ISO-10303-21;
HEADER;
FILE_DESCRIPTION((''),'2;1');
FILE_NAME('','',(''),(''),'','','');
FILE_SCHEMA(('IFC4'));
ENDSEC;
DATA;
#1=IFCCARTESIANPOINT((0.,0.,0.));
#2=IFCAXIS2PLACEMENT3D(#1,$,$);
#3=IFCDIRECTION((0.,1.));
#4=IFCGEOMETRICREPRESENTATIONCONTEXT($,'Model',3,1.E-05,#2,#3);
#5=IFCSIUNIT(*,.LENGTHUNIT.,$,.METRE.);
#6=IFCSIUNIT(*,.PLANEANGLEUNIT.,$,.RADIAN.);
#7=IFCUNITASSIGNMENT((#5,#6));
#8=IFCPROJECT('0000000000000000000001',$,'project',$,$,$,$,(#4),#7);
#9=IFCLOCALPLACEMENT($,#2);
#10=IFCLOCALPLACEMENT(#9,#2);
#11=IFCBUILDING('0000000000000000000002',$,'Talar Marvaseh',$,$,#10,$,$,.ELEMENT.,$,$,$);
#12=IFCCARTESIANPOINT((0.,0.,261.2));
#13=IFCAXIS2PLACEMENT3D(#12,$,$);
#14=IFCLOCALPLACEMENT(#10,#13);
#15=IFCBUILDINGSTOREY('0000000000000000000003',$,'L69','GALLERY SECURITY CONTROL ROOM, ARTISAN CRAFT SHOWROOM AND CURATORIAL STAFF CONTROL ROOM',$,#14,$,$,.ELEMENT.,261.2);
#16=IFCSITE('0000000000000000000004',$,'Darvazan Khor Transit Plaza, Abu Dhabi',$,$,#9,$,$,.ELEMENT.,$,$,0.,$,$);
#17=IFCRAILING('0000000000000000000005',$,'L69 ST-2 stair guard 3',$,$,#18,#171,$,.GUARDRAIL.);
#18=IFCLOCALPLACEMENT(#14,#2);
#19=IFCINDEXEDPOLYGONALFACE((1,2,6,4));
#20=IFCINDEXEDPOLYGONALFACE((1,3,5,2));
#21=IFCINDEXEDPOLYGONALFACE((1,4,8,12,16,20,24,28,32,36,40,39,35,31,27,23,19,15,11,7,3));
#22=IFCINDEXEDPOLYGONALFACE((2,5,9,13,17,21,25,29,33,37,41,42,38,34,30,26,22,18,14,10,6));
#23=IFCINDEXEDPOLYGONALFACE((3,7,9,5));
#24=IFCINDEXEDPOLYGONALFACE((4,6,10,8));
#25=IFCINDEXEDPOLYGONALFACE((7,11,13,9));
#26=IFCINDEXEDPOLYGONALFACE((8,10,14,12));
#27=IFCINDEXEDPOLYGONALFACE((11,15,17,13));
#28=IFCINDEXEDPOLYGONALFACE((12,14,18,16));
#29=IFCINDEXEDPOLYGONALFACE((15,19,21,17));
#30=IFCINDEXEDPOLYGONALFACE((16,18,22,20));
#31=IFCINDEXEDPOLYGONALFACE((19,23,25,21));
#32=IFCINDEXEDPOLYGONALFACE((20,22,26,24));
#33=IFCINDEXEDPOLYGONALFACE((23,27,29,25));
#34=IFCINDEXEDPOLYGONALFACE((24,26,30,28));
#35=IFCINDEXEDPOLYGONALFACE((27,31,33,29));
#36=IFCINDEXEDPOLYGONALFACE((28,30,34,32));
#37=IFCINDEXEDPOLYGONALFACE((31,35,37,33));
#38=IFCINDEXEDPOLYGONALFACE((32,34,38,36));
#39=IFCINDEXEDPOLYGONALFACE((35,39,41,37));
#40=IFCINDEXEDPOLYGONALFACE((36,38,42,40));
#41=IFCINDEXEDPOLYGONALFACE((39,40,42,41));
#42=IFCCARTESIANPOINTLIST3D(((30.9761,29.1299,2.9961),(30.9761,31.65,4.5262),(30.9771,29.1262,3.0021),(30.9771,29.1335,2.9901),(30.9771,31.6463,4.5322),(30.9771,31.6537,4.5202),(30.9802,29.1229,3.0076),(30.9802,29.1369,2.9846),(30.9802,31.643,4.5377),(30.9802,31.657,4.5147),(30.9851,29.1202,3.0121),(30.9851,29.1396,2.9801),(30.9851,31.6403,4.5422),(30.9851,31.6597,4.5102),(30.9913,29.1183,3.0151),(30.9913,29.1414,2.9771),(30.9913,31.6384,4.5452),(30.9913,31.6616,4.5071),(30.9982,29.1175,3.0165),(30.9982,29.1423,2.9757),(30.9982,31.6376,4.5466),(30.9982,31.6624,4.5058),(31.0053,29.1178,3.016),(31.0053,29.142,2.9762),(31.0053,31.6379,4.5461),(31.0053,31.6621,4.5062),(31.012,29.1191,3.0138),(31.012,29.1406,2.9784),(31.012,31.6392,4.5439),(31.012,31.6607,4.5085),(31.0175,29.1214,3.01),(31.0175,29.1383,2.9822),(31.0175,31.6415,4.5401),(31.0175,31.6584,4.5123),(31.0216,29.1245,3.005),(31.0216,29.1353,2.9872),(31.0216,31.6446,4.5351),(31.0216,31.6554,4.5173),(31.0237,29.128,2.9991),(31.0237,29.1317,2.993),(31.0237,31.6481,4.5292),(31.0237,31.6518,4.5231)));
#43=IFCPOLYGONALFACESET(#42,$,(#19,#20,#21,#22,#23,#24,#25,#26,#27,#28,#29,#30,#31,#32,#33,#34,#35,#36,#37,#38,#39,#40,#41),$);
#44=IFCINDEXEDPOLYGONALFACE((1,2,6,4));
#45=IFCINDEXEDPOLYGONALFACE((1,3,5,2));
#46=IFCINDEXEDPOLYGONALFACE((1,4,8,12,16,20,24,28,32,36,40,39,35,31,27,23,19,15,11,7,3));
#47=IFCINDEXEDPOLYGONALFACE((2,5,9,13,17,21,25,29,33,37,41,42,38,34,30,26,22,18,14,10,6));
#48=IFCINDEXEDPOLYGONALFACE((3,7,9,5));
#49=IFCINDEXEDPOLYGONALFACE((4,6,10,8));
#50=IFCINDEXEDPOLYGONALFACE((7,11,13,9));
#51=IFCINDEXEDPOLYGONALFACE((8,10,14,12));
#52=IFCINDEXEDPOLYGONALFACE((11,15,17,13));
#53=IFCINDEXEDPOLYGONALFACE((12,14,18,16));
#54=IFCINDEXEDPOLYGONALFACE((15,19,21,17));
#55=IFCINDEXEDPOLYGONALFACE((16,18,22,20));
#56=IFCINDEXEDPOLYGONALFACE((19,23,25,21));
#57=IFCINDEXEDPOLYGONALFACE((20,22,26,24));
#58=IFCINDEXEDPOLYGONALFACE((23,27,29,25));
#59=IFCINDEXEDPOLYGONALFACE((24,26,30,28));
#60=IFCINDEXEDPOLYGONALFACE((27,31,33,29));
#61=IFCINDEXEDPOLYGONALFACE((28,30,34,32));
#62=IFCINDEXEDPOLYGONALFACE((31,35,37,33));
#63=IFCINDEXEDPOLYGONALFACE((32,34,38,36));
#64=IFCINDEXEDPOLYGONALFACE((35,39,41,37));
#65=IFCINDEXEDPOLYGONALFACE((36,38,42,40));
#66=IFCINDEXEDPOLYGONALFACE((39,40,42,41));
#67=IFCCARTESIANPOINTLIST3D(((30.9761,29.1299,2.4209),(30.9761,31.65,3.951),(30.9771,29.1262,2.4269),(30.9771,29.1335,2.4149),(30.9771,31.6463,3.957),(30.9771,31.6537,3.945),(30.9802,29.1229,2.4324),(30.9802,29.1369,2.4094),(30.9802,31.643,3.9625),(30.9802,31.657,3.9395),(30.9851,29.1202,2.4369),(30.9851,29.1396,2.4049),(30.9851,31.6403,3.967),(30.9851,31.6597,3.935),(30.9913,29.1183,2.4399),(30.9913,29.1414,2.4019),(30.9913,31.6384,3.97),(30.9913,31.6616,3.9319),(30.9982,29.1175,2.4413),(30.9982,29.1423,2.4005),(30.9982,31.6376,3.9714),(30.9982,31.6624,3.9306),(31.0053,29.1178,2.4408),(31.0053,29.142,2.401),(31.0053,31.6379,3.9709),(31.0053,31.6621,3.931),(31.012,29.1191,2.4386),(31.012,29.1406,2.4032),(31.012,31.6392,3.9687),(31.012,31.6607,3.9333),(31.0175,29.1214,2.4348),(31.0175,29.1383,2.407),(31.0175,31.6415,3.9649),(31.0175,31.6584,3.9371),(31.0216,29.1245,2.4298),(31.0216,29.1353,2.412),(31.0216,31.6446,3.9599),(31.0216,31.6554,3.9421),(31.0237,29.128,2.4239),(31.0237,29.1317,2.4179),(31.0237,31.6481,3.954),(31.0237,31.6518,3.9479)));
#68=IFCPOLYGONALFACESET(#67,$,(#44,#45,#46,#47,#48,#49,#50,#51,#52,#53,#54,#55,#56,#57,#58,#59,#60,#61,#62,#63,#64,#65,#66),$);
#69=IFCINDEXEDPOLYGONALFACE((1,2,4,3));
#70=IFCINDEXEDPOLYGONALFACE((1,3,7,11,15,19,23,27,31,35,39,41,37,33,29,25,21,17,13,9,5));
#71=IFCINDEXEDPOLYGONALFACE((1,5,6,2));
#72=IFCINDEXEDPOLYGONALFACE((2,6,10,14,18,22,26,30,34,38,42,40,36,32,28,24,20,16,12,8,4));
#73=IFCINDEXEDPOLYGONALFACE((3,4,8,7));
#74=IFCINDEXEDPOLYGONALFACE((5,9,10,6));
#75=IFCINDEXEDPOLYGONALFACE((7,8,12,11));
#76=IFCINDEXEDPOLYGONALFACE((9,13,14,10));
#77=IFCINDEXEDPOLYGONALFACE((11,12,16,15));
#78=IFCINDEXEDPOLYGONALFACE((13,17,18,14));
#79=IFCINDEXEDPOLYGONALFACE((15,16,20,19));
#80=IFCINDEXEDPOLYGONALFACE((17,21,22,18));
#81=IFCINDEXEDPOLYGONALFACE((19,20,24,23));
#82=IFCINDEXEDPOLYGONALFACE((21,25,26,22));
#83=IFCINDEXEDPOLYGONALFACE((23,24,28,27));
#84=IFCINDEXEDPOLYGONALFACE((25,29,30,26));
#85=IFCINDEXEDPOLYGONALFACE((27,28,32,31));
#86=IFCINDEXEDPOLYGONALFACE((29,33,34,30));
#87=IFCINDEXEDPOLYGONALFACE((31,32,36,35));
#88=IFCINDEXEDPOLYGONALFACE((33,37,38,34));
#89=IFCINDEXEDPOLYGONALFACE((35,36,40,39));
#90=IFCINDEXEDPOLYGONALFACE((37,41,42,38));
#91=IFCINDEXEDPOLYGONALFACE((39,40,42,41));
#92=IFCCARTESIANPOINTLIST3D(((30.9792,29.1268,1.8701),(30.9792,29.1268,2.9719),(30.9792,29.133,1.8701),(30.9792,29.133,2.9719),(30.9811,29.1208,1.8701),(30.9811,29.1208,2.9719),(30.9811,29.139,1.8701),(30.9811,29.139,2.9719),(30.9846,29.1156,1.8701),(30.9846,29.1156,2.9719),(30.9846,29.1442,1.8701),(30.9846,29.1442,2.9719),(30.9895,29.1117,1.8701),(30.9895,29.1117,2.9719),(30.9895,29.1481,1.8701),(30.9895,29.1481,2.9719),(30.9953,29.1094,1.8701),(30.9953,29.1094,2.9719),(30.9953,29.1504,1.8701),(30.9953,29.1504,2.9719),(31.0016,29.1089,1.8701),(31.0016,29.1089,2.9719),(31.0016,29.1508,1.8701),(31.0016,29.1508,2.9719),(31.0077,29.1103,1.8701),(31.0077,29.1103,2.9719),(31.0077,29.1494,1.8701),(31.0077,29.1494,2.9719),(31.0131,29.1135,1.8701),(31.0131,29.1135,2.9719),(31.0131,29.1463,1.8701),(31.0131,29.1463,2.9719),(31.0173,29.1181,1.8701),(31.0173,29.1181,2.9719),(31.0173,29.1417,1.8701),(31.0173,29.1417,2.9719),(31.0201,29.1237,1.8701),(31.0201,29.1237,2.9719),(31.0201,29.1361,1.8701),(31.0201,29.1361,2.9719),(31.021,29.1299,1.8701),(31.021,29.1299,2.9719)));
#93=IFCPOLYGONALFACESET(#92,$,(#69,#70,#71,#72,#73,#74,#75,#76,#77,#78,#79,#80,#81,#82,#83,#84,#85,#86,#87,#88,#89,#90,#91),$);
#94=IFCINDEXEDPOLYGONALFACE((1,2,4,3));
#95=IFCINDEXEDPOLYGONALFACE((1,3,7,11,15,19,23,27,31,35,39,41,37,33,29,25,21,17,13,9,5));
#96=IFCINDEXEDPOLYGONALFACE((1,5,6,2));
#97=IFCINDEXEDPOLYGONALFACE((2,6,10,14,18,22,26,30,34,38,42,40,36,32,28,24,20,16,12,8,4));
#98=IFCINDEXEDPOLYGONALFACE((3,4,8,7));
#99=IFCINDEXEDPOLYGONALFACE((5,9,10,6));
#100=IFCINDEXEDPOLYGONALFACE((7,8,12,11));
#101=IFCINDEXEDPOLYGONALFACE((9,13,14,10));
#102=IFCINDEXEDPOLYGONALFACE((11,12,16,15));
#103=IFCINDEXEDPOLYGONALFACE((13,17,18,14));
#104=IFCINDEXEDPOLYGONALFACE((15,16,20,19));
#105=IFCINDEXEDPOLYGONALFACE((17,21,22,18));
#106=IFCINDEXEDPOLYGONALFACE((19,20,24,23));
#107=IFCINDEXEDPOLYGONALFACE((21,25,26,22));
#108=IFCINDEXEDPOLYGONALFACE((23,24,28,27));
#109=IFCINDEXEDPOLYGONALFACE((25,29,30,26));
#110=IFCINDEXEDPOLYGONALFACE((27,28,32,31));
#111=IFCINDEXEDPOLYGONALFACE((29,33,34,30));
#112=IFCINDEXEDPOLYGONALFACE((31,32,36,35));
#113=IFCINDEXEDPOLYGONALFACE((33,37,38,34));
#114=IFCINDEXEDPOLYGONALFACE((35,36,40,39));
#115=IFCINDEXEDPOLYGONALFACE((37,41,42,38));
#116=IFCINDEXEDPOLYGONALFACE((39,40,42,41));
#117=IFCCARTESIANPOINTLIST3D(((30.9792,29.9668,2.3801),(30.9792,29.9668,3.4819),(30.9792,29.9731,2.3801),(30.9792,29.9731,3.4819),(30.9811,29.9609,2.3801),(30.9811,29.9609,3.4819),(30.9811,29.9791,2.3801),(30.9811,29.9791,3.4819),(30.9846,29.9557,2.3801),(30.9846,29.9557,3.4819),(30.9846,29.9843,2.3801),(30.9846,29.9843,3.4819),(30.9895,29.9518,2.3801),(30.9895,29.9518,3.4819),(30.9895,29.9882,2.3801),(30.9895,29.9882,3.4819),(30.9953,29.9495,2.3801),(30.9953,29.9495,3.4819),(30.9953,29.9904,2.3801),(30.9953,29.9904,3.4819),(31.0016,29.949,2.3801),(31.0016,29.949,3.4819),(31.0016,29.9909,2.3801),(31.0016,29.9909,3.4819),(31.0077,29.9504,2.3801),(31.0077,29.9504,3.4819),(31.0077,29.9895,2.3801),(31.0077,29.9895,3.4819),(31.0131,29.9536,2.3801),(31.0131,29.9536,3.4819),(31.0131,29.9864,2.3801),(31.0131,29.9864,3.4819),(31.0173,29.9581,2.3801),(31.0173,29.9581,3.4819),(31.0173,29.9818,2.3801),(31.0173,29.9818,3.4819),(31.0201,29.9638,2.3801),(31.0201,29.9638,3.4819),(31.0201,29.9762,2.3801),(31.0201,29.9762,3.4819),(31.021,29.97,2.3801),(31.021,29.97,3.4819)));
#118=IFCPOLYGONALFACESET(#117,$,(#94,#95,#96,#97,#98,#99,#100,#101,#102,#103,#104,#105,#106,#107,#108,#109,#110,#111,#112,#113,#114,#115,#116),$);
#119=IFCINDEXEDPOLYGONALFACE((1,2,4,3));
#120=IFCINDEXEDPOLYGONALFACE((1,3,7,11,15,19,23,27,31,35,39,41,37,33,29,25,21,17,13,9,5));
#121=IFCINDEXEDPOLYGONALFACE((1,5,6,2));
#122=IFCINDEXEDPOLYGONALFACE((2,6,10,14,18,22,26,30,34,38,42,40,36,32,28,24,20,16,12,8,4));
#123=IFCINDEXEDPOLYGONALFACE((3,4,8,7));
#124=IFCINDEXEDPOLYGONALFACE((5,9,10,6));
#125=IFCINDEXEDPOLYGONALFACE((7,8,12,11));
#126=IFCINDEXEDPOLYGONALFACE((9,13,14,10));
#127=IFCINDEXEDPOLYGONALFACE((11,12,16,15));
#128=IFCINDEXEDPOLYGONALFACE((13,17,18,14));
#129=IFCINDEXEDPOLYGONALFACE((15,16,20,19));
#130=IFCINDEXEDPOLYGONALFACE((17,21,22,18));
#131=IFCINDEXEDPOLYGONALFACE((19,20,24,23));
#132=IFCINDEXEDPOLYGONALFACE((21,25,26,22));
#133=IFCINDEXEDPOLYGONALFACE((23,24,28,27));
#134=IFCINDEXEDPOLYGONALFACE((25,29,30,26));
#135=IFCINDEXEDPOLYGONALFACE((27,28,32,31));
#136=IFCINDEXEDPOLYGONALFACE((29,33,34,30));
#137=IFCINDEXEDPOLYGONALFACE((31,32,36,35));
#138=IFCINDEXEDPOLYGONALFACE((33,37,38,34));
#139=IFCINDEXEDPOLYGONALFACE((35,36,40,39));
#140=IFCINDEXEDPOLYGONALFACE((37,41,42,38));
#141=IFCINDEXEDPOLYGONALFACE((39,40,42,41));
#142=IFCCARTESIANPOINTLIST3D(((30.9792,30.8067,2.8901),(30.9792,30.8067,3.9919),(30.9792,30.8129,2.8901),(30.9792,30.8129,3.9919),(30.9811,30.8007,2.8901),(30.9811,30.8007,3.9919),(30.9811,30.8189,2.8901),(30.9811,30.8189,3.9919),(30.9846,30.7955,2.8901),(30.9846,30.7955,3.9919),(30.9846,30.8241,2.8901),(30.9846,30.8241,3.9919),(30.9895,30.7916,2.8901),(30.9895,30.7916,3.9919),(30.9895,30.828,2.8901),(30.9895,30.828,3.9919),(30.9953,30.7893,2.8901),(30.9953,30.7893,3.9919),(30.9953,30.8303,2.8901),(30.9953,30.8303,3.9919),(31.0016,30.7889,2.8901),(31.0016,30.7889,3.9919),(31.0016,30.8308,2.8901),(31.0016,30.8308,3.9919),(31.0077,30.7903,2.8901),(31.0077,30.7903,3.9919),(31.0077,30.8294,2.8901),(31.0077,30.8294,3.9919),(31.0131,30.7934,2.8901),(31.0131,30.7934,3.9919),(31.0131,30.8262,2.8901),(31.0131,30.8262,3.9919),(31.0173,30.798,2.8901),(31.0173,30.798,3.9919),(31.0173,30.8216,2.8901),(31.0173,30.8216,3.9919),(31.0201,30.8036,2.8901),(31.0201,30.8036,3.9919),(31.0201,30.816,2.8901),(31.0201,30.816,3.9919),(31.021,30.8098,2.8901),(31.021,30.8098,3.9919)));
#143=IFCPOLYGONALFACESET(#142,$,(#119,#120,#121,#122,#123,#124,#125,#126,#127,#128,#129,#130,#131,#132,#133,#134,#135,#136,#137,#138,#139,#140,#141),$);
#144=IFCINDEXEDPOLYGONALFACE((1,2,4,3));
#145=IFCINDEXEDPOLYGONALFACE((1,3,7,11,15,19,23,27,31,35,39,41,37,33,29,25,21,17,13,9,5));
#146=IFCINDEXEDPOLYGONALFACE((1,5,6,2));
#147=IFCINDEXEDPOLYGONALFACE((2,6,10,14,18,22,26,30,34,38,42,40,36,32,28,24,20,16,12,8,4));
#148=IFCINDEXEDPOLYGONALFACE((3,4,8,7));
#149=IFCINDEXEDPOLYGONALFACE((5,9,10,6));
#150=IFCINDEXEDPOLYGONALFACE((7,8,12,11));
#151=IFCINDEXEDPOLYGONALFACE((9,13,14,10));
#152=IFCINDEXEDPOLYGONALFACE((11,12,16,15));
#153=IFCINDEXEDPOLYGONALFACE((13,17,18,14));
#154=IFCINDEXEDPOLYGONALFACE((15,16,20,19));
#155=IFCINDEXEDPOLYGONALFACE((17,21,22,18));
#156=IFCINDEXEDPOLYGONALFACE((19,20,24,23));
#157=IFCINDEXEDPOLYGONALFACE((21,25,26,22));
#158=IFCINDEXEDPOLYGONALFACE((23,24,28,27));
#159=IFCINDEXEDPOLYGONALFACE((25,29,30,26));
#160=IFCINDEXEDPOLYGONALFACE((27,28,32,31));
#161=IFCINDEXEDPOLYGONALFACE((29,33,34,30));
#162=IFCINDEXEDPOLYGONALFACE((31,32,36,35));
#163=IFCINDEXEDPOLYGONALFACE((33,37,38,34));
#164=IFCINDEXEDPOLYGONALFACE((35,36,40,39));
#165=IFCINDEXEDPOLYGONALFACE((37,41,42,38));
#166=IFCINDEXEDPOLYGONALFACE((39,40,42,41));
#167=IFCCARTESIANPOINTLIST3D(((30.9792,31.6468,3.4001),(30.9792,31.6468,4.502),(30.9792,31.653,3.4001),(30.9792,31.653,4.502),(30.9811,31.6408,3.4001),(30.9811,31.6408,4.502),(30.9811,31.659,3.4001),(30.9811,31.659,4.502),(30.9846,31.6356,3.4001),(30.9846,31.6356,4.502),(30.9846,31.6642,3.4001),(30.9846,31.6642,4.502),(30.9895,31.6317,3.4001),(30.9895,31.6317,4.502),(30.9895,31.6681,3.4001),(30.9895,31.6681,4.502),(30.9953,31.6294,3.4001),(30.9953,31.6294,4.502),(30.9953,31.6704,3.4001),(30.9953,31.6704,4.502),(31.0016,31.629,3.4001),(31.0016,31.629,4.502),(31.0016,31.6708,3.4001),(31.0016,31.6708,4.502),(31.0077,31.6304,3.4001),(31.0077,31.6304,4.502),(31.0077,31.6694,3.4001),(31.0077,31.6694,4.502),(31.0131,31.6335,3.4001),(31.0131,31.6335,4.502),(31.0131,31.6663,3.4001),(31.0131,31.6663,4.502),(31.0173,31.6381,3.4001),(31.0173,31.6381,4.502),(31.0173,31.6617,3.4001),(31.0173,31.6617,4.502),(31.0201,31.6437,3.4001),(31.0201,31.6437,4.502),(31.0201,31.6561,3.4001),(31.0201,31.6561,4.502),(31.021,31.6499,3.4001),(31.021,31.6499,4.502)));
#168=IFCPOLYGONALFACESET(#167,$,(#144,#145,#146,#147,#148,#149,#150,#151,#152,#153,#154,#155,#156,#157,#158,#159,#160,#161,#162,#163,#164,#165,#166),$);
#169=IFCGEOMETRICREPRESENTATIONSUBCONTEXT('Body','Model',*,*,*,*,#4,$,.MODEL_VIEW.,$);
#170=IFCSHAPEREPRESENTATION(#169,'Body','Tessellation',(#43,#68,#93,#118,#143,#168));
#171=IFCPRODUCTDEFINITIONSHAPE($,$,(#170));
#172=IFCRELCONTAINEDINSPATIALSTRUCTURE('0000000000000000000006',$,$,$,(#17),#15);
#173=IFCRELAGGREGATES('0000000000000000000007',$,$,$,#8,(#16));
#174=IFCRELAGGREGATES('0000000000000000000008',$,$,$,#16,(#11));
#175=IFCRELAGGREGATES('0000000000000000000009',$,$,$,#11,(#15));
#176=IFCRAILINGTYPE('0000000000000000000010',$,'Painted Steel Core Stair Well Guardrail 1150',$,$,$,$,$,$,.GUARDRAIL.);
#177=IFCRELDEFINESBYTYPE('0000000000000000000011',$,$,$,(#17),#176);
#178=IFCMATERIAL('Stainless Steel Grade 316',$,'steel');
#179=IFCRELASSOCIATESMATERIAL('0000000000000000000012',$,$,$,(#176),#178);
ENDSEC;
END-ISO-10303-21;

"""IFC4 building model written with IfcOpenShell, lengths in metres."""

from ifc_helpers import new_model, si_unit, direction, frame, origin, origin_2d, place, context, subcontext, project, spatial, circle, extrude, material, type_object, element, save


model = new_model("IFC4")

# Units and contexts
model_context = context("Model", 3, precision=1e-05, world=origin(), true_north=direction((0.0, 1.0)))
body_context = subcontext(model_context, "Body", "Model", "MODEL_VIEW")
ifc_project = project(units=[si_unit("LENGTHUNIT", "METRE"), si_unit("PLANEANGLEUNIT", "RADIAN")], contexts=[model_context])

# Site, building, storey
site_placement = place(None, origin())
site = spatial("IfcSite", under=ifc_project, at=site_placement, Name="Darvazan Khor Transit Plaza, Abu Dhabi", CompositionType="ELEMENT", RefElevation=0.0)
building_placement = place(site_placement, origin())
building = spatial("IfcBuilding", under=site, at=building_placement, Name="Talar Marvaseh", CompositionType="ELEMENT")
storey_placement = place(building_placement, frame((0.0, 0.0, 261.2)))
storey = spatial("IfcBuildingStorey", under=building, at=storey_placement, Name="L69", Description="GALLERY SECURITY CONTROL ROOM, ARTISAN CRAFT SHOWROOM AND CURATORIAL STAFF CONTROL ROOM", CompositionType="ELEMENT", Elevation=261.2)

# Shared definitions
ifc_material_1 = material(Name="Stainless Steel Grade 316", Category="steel")

# Railing
railing_type_1 = type_object("IfcRailingType", Name="Painted Steel Core Stair Well Guardrail 1150", PredefinedType="GUARDRAIL", material=ifc_material_1)
railing_1_placement = place(storey_placement, frame((31.0, 29.1299, 1.8701)))
element("IfcRailing", 1, at=railing_1_placement, inside=storey, type_object=railing_type_1, Name="L69 ST-2 stair guard 3", PredefinedType="GUARDRAIL", context=body_context, shape_type="SweptSolid", body=[
    extrude(circle(Radius=0.0239, at=origin_2d()), frame((0.0, 0.0, 1.126), z_axis=(0.0, 0.854785, 0.518982), x_axis=(-1.0, 0.0, 0.0)), (0.0, 0.0, 1.0), 2.9482),
    extrude(circle(Radius=0.0239, at=origin_2d()), frame((0.0, 0.0, 0.5508), z_axis=(0.0, 0.854785, 0.518982), x_axis=(-1.0, 0.0, 0.0)), (0.0, 0.0, 1.0), 2.9482),
    extrude(circle(Radius=0.021, at=origin_2d()), origin(), (0.0, 0.0, 1.0), 1.1018),
    extrude(circle(Radius=0.021, at=origin_2d()), frame((0.0, 0.8401, 0.51)), (0.0, 0.0, 1.0), 1.1018),
    extrude(circle(Radius=0.021, at=origin_2d()), frame((0.0, 1.6799, 1.02)), (0.0, 0.0, 1.0), 1.1018),
    extrude(circle(Radius=0.021, at=origin_2d()), frame((0.0, 2.52, 1.53)), (0.0, 0.0, 1.0), 1.1018),
])

save(model, "model.ifc")
